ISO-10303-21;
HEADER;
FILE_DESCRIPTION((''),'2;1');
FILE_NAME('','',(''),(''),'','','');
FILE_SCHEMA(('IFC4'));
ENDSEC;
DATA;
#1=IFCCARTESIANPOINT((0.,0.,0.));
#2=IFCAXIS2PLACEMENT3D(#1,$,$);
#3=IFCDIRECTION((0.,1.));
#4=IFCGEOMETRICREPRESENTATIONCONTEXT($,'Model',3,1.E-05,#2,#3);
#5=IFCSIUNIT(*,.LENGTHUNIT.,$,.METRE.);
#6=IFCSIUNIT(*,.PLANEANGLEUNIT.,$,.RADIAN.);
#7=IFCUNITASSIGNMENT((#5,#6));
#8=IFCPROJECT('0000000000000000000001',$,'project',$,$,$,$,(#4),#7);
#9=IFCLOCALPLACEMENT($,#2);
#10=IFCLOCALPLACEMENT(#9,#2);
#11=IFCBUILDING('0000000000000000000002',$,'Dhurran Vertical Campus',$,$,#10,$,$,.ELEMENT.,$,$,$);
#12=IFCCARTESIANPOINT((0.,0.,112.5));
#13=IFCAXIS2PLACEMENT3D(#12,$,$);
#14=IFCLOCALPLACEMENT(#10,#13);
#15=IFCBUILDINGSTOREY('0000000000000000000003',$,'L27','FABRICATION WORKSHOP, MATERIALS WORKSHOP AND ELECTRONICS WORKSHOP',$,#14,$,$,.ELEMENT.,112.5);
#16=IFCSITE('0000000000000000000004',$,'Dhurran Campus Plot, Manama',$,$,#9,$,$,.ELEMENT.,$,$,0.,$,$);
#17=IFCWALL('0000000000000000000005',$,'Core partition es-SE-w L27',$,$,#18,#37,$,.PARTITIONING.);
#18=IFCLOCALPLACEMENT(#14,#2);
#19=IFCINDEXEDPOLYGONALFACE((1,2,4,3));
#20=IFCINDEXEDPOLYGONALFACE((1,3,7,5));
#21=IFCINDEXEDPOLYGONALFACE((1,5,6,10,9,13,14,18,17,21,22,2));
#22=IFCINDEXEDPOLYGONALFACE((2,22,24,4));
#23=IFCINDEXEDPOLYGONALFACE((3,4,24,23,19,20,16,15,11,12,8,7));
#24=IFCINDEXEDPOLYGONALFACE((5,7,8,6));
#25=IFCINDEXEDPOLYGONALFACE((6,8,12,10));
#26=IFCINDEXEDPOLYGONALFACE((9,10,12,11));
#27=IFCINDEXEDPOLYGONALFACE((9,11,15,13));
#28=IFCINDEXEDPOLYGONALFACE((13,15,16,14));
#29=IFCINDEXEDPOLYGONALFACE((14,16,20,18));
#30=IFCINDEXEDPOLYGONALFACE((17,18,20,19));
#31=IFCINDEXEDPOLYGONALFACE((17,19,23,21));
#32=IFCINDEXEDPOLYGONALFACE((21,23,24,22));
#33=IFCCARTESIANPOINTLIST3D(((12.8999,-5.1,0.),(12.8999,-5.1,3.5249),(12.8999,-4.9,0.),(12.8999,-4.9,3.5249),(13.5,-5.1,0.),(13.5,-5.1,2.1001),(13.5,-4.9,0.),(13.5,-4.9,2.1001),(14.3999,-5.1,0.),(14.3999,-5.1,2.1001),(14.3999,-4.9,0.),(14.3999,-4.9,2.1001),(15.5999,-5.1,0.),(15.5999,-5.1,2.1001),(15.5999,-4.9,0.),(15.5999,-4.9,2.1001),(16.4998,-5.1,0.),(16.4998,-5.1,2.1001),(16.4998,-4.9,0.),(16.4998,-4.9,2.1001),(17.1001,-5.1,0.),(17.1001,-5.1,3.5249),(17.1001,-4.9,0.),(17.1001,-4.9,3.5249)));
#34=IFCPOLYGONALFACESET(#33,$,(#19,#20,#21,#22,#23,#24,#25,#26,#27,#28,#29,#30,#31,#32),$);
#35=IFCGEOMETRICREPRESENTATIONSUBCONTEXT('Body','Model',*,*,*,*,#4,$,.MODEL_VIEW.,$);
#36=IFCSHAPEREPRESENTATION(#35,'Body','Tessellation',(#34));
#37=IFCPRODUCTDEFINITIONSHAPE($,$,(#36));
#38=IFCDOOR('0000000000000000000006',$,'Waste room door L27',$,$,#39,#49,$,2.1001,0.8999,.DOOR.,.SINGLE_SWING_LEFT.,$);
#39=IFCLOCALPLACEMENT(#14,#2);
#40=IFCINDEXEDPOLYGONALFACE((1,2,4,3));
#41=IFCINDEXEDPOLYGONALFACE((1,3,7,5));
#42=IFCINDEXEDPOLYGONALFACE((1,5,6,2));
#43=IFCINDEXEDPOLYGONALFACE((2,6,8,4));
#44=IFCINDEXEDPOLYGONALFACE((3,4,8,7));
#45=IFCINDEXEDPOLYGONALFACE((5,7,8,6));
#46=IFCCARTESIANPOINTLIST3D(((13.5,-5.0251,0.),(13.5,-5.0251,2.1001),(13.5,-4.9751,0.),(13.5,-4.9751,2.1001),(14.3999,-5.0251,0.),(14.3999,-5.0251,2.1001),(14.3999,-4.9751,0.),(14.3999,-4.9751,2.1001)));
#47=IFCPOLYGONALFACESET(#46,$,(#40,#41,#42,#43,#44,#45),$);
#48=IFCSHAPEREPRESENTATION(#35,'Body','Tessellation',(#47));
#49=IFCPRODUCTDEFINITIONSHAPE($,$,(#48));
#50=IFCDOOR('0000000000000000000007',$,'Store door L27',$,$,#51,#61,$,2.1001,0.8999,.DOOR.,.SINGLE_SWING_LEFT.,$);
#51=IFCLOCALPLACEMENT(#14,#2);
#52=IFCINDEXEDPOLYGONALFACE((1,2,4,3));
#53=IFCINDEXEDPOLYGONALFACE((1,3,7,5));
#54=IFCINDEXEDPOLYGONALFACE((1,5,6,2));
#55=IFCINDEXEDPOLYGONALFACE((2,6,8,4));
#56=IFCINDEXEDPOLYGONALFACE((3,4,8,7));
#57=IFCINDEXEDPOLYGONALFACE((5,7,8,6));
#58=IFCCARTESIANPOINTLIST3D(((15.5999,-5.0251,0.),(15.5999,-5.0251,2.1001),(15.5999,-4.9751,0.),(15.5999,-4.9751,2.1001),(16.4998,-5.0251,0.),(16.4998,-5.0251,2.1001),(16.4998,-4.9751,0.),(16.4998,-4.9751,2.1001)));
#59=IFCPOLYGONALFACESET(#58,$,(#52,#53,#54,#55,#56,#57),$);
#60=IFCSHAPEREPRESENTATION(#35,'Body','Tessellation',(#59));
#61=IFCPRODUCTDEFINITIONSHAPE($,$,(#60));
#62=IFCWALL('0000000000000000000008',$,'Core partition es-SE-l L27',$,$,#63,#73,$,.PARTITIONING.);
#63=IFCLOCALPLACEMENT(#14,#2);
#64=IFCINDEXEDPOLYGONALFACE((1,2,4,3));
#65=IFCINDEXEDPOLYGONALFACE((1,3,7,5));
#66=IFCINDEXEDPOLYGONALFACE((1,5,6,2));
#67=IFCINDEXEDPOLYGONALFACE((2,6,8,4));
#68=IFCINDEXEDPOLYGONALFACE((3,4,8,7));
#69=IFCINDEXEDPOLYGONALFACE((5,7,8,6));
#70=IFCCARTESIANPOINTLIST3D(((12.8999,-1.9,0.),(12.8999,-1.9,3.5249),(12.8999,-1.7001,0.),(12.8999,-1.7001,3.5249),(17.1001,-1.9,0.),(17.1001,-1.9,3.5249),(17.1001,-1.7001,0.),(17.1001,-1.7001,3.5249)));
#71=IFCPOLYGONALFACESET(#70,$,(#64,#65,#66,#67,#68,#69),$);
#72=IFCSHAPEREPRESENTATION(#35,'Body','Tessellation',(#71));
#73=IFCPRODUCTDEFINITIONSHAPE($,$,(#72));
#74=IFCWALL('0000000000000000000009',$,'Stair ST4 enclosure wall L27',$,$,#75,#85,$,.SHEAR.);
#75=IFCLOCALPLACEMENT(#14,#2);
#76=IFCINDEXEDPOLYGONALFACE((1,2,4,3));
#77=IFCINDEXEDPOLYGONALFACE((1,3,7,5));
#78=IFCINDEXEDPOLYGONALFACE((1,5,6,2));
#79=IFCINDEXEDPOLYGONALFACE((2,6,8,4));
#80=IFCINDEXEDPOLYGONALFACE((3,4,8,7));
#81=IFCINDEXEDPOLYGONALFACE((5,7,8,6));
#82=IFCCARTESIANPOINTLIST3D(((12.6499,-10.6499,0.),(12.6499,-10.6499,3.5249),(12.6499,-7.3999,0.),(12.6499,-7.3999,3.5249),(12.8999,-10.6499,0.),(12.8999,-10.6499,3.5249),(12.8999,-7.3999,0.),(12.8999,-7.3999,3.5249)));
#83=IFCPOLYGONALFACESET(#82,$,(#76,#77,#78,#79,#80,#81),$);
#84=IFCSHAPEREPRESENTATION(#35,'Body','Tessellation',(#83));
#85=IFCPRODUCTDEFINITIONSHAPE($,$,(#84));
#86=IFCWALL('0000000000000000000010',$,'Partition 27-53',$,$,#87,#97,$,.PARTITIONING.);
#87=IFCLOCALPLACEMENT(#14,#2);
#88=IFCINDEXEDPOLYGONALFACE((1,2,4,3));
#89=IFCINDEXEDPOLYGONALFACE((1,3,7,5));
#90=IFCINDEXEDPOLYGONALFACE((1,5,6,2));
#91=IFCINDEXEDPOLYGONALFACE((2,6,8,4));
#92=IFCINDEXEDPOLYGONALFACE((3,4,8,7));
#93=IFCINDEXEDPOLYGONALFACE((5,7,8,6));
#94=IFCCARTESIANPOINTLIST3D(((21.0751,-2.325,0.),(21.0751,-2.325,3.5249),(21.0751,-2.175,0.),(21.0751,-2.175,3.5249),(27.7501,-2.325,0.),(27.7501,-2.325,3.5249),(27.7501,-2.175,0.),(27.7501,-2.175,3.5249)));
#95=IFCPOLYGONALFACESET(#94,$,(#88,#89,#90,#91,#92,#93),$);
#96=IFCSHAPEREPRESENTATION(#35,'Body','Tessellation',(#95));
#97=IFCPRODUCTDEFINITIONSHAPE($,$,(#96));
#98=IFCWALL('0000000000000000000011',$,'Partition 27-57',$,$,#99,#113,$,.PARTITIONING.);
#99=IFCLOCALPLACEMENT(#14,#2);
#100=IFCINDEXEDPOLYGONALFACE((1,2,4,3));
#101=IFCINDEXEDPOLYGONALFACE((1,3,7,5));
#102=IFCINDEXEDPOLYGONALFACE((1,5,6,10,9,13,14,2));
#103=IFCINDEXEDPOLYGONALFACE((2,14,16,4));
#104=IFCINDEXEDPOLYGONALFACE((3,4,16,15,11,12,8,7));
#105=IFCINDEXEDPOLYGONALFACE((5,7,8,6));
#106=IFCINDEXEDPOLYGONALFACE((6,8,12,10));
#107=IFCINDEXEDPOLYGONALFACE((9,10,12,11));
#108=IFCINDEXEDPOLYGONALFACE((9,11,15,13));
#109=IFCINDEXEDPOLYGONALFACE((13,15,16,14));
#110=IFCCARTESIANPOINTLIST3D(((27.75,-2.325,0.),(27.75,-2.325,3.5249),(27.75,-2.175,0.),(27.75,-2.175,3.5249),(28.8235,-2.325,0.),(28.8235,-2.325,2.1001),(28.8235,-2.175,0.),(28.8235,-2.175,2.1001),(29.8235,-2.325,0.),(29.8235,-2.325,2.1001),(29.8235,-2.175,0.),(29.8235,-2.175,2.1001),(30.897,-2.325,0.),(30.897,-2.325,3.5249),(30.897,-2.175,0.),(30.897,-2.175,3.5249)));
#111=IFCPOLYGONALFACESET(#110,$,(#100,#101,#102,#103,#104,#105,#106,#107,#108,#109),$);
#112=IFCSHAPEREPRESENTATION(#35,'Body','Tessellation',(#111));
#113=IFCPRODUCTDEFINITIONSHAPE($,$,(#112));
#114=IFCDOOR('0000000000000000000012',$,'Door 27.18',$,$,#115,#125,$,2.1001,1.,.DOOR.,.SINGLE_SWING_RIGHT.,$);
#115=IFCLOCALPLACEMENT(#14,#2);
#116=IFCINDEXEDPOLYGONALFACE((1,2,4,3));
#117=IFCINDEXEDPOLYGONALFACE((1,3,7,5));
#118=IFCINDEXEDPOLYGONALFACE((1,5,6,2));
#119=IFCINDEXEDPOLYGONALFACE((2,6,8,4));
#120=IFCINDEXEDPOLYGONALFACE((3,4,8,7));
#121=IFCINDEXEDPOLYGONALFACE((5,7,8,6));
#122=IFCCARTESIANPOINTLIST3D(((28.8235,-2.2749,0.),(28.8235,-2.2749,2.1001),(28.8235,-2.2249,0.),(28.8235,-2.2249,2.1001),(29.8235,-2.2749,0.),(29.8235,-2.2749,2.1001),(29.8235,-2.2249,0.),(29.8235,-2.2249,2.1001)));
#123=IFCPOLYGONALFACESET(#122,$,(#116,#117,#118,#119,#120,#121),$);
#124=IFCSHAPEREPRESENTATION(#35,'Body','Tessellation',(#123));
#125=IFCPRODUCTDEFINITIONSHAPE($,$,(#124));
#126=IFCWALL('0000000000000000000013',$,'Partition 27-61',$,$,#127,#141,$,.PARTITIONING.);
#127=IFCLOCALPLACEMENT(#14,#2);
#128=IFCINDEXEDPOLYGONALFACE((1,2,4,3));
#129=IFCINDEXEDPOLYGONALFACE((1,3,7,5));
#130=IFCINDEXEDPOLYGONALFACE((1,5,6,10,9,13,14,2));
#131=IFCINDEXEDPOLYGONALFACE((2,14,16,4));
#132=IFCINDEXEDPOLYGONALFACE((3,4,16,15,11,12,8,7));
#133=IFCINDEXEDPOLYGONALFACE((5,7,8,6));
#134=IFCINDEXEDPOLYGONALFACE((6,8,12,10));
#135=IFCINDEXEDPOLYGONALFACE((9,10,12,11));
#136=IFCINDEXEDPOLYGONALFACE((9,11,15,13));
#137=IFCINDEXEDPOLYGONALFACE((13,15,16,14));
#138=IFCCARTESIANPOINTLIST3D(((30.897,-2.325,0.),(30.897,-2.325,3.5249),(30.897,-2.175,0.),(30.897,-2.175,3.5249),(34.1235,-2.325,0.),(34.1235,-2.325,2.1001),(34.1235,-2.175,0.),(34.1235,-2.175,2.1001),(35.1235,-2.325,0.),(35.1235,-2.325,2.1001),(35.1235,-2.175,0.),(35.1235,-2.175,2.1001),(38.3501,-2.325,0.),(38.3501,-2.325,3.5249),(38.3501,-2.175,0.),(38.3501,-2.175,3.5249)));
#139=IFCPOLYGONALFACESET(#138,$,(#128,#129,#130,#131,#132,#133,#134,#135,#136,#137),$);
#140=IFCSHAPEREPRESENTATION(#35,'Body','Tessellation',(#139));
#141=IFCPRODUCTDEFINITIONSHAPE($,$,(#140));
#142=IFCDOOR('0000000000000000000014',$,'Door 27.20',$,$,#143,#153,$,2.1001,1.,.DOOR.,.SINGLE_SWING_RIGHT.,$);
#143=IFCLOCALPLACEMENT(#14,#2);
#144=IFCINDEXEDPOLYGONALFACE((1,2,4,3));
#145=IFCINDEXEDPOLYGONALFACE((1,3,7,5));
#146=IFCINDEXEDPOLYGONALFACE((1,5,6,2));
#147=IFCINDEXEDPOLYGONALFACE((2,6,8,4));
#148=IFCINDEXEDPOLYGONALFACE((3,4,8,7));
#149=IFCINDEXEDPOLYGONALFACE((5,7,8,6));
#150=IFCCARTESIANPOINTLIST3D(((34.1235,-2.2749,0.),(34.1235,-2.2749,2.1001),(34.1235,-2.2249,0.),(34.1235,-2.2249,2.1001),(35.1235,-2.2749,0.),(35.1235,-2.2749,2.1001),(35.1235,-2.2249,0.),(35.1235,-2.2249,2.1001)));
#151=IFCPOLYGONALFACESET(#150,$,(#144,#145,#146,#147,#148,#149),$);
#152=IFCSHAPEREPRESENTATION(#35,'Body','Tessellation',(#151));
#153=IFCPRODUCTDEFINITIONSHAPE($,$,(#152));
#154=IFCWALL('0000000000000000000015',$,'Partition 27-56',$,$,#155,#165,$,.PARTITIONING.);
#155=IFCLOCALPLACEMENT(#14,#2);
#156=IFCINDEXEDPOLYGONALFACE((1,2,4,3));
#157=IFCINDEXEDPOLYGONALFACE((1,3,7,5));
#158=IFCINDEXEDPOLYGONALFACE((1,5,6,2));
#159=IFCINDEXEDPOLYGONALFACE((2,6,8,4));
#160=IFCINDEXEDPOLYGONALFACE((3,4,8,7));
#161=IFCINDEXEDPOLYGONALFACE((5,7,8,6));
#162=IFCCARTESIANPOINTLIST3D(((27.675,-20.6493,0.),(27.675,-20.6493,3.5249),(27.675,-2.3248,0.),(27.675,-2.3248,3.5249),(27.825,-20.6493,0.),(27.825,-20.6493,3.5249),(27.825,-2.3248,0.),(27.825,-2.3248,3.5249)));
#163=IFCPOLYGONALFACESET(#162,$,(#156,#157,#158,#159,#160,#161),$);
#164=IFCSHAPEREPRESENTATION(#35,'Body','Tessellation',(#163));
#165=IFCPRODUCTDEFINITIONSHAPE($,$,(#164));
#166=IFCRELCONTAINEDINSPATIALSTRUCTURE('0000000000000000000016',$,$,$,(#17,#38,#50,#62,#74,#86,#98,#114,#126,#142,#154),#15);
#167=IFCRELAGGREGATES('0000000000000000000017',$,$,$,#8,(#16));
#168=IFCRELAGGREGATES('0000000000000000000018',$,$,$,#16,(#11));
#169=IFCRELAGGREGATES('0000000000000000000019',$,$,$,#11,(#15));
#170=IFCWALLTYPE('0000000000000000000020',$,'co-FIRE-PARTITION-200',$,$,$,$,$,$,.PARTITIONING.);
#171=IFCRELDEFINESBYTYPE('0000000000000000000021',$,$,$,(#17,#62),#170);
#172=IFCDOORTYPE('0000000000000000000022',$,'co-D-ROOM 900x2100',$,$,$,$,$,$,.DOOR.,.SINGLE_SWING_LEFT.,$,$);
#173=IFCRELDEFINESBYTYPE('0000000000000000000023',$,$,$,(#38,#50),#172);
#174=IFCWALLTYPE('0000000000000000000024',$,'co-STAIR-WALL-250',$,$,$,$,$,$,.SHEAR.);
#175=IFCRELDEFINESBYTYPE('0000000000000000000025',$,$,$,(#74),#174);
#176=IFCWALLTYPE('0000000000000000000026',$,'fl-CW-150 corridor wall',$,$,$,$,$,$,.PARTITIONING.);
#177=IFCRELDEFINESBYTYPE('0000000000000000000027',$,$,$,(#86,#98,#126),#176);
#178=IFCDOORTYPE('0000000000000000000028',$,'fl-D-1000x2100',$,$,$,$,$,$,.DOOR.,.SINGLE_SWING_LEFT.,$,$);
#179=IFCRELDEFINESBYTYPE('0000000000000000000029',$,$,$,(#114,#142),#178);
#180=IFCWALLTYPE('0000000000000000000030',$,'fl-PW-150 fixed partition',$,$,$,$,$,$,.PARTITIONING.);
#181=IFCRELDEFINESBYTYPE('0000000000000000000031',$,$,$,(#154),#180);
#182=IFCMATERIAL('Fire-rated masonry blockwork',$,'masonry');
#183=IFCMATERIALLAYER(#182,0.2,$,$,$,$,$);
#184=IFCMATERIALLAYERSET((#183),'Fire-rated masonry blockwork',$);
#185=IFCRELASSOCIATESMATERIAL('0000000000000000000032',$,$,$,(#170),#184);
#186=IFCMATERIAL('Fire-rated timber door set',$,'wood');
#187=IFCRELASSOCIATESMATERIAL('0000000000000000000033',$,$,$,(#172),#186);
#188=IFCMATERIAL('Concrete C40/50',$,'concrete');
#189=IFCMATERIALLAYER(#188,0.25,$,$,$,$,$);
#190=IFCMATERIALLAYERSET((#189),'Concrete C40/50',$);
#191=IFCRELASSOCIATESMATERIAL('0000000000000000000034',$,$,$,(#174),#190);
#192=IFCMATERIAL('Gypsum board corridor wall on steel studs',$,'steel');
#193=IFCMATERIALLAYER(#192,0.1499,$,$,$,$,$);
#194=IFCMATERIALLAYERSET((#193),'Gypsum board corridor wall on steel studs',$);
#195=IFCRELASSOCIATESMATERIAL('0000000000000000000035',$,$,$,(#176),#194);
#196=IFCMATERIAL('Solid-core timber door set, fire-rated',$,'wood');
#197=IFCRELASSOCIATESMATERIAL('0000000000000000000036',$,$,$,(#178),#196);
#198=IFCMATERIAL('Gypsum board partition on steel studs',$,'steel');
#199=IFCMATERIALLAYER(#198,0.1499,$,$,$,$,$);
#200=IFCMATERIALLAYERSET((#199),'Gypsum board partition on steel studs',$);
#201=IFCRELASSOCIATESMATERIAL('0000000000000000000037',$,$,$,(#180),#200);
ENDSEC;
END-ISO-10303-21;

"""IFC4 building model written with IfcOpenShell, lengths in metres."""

from ifc_helpers import new_model, si_unit, direction, frame, frame_2d, origin, place, context, subcontext, project, spatial, rectangle, extrude, material, layer, layer_set, type_object, element, fill, save


model = new_model("IFC4")

# Units and contexts
model_context = context("Model", 3, precision=1e-05, world=origin(), true_north=direction((0.0, 1.0)))
body_context = subcontext(model_context, "Body", "Model", "MODEL_VIEW")
ifc_project = project(units=[si_unit("LENGTHUNIT", "METRE"), si_unit("PLANEANGLEUNIT", "RADIAN")], contexts=[model_context])

# Site, building, storey
site_placement = place(None, origin())
site = spatial("IfcSite", under=ifc_project, at=site_placement, Name="Dhurran Campus Plot, Manama", CompositionType="ELEMENT", RefElevation=0.0)
building_placement = place(site_placement, origin())
building = spatial("IfcBuilding", under=site, at=building_placement, Name="Dhurran Vertical Campus", CompositionType="ELEMENT")
storey_placement = place(building_placement, frame((0.0, 0.0, 112.5)))
storey = spatial("IfcBuildingStorey", under=building, at=storey_placement, Name="L27", Description="FABRICATION WORKSHOP, MATERIALS WORKSHOP AND ELECTRONICS WORKSHOP", CompositionType="ELEMENT", Elevation=112.5)

# Shared definitions
ifc_material_1 = material(Name="Fire-rated masonry blockwork", Category="masonry")
ifc_layer_1 = layer(ifc_material_1, 0.2)
ifc_layer_set_1 = layer_set([ifc_layer_1], Name="Fire-rated masonry blockwork")
wall_type_1 = type_object("IfcWallType", Name="co-FIRE-PARTITION-200", PredefinedType="PARTITIONING", material=ifc_layer_set_1)

# Shared definitions
ifc_material_2 = material(Name="Fire-rated timber door set", Category="wood")
door_type_1 = type_object("IfcDoorType", Name="co-D-ROOM 900x2100", OperationType="SINGLE_SWING_LEFT", PredefinedType="DOOR", material=ifc_material_2)

# Wall, openings, doors
wall_1_placement = place(storey_placement, frame((12.8999, -5.0, 0.0), z_axis=(0.0, 0.0, 1.0), x_axis=(1.0, 0.0, 0.0)))
wall_1 = element("IfcWall", 1, at=wall_1_placement, inside=storey, type_object=wall_type_1, Name="Core partition es-SE-w L27", PredefinedType="PARTITIONING", context=body_context, shape_type="SweptSolid", body=[
    extrude(rectangle(XDim=4.2002, YDim=0.2, at=frame_2d((2.1001, 0.0))), origin(), (0.0, 0.0, 1.0), 3.5249),
])
opening_1_placement = place(wall_1_placement, frame((0.6001, 0.0, 0.0)))
opening_1 = element("IfcOpeningElement", 2, at=opening_1_placement, cuts=wall_1, PredefinedType="OPENING", context=body_context, shape_type="SweptSolid", body=[
    extrude(rectangle(XDim=0.8999, YDim=2.1001, at=frame_2d((0.45, 1.05))), frame((0.0, 0.1099, 0.0), z_axis=(0.0, -1.0, 0.0), x_axis=(1.0, 0.0, 0.0)), (0.0, 0.0, 1.0), 0.22),
])
opening_2_placement = place(wall_1_placement, frame((2.7, 0.0, 0.0)))
opening_2 = element("IfcOpeningElement", 3, at=opening_2_placement, cuts=wall_1, PredefinedType="OPENING", context=body_context, shape_type="SweptSolid", body=[
    extrude(rectangle(XDim=0.8999, YDim=2.1001, at=frame_2d((0.45, 1.05))), frame((0.0, 0.1099, 0.0), z_axis=(0.0, -1.0, 0.0), x_axis=(1.0, 0.0, 0.0)), (0.0, 0.0, 1.0), 0.22),
])
door_1_placement = place(opening_1_placement, origin())
door_1 = element("IfcDoor", 4, at=door_1_placement, inside=storey, type_object=door_type_1, Name="Waste room door L27", OperationType="SINGLE_SWING_LEFT", OverallHeight=2.1001, OverallWidth=0.8999, PredefinedType="DOOR", context=body_context, shape_type="SweptSolid", body=[
    extrude(rectangle(XDim=0.8999, YDim=2.1001, at=frame_2d((0.45, 1.05))), frame((0.0, 0.0249, 0.0), z_axis=(0.0, -1.0, 0.0), x_axis=(1.0, 0.0, 0.0)), (0.0, 0.0, 1.0), 0.05),
])
fill(opening_1, door_1)
door_2_placement = place(opening_2_placement, origin())
door_2 = element("IfcDoor", 5, at=door_2_placement, inside=storey, type_object=door_type_1, Name="Store door L27", OperationType="SINGLE_SWING_LEFT", OverallHeight=2.1001, OverallWidth=0.8999, PredefinedType="DOOR", context=body_context, shape_type="SweptSolid", body=[
    extrude(rectangle(XDim=0.8999, YDim=2.1001, at=frame_2d((0.45, 1.05))), frame((0.0, 0.0249, 0.0), z_axis=(0.0, -1.0, 0.0), x_axis=(1.0, 0.0, 0.0)), (0.0, 0.0, 1.0), 0.05),
])
fill(opening_2, door_2)

# Walls
wall_2_placement = place(storey_placement, frame((12.8999, -1.8, 0.0), z_axis=(0.0, 0.0, 1.0), x_axis=(1.0, 0.0, 0.0)))
element("IfcWall", 6, at=wall_2_placement, inside=storey, type_object=wall_type_1, Name="Core partition es-SE-l L27", PredefinedType="PARTITIONING", context=body_context, shape_type="SweptSolid", body=[
    extrude(rectangle(XDim=4.2002, YDim=0.2, at=frame_2d((2.1001, 0.0))), origin(), (0.0, 0.0, 1.0), 3.5249),
])
ifc_material_3 = material(Name="Concrete C40/50", Category="concrete")
ifc_layer_2 = layer(ifc_material_3, 0.25)
ifc_layer_set_2 = layer_set([ifc_layer_2], Name="Concrete C40/50")
wall_type_2 = type_object("IfcWallType", Name="co-STAIR-WALL-250", PredefinedType="SHEAR", material=ifc_layer_set_2)
wall_3_placement = place(storey_placement, frame((12.7749, -10.6499, 0.0), z_axis=(0.0, 0.0, 1.0), x_axis=(0.0, 1.0, 0.0)))
element("IfcWall", 7, at=wall_3_placement, inside=storey, type_object=wall_type_2, Name="Stair ST4 enclosure wall L27", PredefinedType="SHEAR", context=body_context, shape_type="SweptSolid", body=[
    extrude(rectangle(XDim=3.25, YDim=0.25, at=frame_2d((1.625, 0.0))), origin(), (0.0, 0.0, 1.0), 3.5249),
])
ifc_material_4 = material(Name="Gypsum board corridor wall on steel studs", Category="steel")
ifc_layer_3 = layer(ifc_material_4, 0.1499)
ifc_layer_set_3 = layer_set([ifc_layer_3], Name="Gypsum board corridor wall on steel studs")
wall_type_3 = type_object("IfcWallType", Name="fl-CW-150 corridor wall", PredefinedType="PARTITIONING", material=ifc_layer_set_3)
wall_4_placement = place(storey_placement, frame((27.75, -2.25, 0.0), z_axis=(0.0, 0.0, 1.0), x_axis=(-1.0, 0.0, 0.0)))
element("IfcWall", 8, at=wall_4_placement, inside=storey, type_object=wall_type_3, Name="Partition 27-53", PredefinedType="PARTITIONING", context=body_context, shape_type="SweptSolid", body=[
    extrude(rectangle(XDim=6.675, YDim=0.1499, at=frame_2d((3.3374, 0.0))), origin(), (0.0, 0.0, 1.0), 3.5249),
])

# Walls, openings, doors
wall_5_placement = place(storey_placement, frame((30.897, -2.25, 0.0), z_axis=(0.0, 0.0, 1.0), x_axis=(-1.0, 0.0, 0.0)))
wall_5 = element("IfcWall", 9, at=wall_5_placement, inside=storey, type_object=wall_type_3, Name="Partition 27-57", PredefinedType="PARTITIONING", context=body_context, shape_type="SweptSolid", body=[
    extrude(rectangle(XDim=3.147, YDim=0.1499, at=frame_2d((1.5735, 0.0))), origin(), (0.0, 0.0, 1.0), 3.5249),
])
opening_3_placement = place(wall_5_placement, frame((1.0735, 0.0, 0.0)))
opening_3 = element("IfcOpeningElement", 10, at=opening_3_placement, cuts=wall_5, PredefinedType="OPENING", context=body_context, shape_type="SweptSolid", body=[
    extrude(rectangle(XDim=1.0, YDim=2.1001, at=frame_2d((0.5, 1.05))), frame((0.0, 0.085, 0.0), z_axis=(0.0, -1.0, 0.0), x_axis=(1.0, 0.0, 0.0)), (0.0, 0.0, 1.0), 0.1699),
])
ifc_material_5 = material(Name="Solid-core timber door set, fire-rated", Category="wood")
door_type_2 = type_object("IfcDoorType", Name="fl-D-1000x2100", OperationType="SINGLE_SWING_LEFT", PredefinedType="DOOR", material=ifc_material_5)
door_3_placement = place(opening_3_placement, origin())
door_3 = element("IfcDoor", 11, at=door_3_placement, inside=storey, type_object=door_type_2, Name="Door 27.18", OperationType="SINGLE_SWING_RIGHT", OverallHeight=2.1001, OverallWidth=1.0, PredefinedType="DOOR", context=body_context, shape_type="SweptSolid", body=[
    extrude(rectangle(XDim=1.0, YDim=2.1001, at=frame_2d((0.5, 1.05))), frame((0.0, 0.0249, 0.0), z_axis=(0.0, -1.0, 0.0), x_axis=(1.0, 0.0, 0.0)), (0.0, 0.0, 1.0), 0.05),
])
fill(opening_3, door_3)
wall_6_placement = place(storey_placement, frame((38.3501, -2.25, 0.0), z_axis=(0.0, 0.0, 1.0), x_axis=(-1.0, 0.0, 0.0)))
wall_6 = element("IfcWall", 12, at=wall_6_placement, inside=storey, type_object=wall_type_3, Name="Partition 27-61", PredefinedType="PARTITIONING", context=body_context, shape_type="SweptSolid", body=[
    extrude(rectangle(XDim=7.4531, YDim=0.1499, at=frame_2d((3.7266, 0.0))), origin(), (0.0, 0.0, 1.0), 3.5249),
])
opening_4_placement = place(wall_6_placement, frame((3.2266, 0.0, 0.0)))
opening_4 = element("IfcOpeningElement", 13, at=opening_4_placement, cuts=wall_6, PredefinedType="OPENING", context=body_context, shape_type="SweptSolid", body=[
    extrude(rectangle(XDim=1.0, YDim=2.1001, at=frame_2d((0.5, 1.05))), frame((0.0, 0.085, 0.0), z_axis=(0.0, -1.0, 0.0), x_axis=(1.0, 0.0, 0.0)), (0.0, 0.0, 1.0), 0.1699),
])
door_4_placement = place(opening_4_placement, origin())
door_4 = element("IfcDoor", 14, at=door_4_placement, inside=storey, type_object=door_type_2, Name="Door 27.20", OperationType="SINGLE_SWING_RIGHT", OverallHeight=2.1001, OverallWidth=1.0, PredefinedType="DOOR", context=body_context, shape_type="SweptSolid", body=[
    extrude(rectangle(XDim=1.0, YDim=2.1001, at=frame_2d((0.5, 1.05))), frame((0.0, 0.0249, 0.0), z_axis=(0.0, -1.0, 0.0), x_axis=(1.0, 0.0, 0.0)), (0.0, 0.0, 1.0), 0.05),
])
fill(opening_4, door_4)

# Wall
ifc_material_6 = material(Name="Gypsum board partition on steel studs", Category="steel")
ifc_layer_4 = layer(ifc_material_6, 0.1499)
ifc_layer_set_4 = layer_set([ifc_layer_4], Name="Gypsum board partition on steel studs")
wall_type_4 = type_object("IfcWallType", Name="fl-PW-150 fixed partition", PredefinedType="PARTITIONING", material=ifc_layer_set_4)
wall_7_placement = place(storey_placement, frame((27.75, -2.325, 0.0), z_axis=(0.0, 0.0, 1.0), x_axis=(0.0, -1.0, 0.0)))
element("IfcWall", 15, at=wall_7_placement, inside=storey, type_object=wall_type_4, Name="Partition 27-56", PredefinedType="PARTITIONING", context=body_context, shape_type="SweptSolid", body=[
    extrude(rectangle(XDim=18.3245, YDim=0.1499, at=frame_2d((9.1621, 0.0))), origin(), (0.0, 0.0, 1.0), 3.5249),
])

save(model, "model.ifc")
